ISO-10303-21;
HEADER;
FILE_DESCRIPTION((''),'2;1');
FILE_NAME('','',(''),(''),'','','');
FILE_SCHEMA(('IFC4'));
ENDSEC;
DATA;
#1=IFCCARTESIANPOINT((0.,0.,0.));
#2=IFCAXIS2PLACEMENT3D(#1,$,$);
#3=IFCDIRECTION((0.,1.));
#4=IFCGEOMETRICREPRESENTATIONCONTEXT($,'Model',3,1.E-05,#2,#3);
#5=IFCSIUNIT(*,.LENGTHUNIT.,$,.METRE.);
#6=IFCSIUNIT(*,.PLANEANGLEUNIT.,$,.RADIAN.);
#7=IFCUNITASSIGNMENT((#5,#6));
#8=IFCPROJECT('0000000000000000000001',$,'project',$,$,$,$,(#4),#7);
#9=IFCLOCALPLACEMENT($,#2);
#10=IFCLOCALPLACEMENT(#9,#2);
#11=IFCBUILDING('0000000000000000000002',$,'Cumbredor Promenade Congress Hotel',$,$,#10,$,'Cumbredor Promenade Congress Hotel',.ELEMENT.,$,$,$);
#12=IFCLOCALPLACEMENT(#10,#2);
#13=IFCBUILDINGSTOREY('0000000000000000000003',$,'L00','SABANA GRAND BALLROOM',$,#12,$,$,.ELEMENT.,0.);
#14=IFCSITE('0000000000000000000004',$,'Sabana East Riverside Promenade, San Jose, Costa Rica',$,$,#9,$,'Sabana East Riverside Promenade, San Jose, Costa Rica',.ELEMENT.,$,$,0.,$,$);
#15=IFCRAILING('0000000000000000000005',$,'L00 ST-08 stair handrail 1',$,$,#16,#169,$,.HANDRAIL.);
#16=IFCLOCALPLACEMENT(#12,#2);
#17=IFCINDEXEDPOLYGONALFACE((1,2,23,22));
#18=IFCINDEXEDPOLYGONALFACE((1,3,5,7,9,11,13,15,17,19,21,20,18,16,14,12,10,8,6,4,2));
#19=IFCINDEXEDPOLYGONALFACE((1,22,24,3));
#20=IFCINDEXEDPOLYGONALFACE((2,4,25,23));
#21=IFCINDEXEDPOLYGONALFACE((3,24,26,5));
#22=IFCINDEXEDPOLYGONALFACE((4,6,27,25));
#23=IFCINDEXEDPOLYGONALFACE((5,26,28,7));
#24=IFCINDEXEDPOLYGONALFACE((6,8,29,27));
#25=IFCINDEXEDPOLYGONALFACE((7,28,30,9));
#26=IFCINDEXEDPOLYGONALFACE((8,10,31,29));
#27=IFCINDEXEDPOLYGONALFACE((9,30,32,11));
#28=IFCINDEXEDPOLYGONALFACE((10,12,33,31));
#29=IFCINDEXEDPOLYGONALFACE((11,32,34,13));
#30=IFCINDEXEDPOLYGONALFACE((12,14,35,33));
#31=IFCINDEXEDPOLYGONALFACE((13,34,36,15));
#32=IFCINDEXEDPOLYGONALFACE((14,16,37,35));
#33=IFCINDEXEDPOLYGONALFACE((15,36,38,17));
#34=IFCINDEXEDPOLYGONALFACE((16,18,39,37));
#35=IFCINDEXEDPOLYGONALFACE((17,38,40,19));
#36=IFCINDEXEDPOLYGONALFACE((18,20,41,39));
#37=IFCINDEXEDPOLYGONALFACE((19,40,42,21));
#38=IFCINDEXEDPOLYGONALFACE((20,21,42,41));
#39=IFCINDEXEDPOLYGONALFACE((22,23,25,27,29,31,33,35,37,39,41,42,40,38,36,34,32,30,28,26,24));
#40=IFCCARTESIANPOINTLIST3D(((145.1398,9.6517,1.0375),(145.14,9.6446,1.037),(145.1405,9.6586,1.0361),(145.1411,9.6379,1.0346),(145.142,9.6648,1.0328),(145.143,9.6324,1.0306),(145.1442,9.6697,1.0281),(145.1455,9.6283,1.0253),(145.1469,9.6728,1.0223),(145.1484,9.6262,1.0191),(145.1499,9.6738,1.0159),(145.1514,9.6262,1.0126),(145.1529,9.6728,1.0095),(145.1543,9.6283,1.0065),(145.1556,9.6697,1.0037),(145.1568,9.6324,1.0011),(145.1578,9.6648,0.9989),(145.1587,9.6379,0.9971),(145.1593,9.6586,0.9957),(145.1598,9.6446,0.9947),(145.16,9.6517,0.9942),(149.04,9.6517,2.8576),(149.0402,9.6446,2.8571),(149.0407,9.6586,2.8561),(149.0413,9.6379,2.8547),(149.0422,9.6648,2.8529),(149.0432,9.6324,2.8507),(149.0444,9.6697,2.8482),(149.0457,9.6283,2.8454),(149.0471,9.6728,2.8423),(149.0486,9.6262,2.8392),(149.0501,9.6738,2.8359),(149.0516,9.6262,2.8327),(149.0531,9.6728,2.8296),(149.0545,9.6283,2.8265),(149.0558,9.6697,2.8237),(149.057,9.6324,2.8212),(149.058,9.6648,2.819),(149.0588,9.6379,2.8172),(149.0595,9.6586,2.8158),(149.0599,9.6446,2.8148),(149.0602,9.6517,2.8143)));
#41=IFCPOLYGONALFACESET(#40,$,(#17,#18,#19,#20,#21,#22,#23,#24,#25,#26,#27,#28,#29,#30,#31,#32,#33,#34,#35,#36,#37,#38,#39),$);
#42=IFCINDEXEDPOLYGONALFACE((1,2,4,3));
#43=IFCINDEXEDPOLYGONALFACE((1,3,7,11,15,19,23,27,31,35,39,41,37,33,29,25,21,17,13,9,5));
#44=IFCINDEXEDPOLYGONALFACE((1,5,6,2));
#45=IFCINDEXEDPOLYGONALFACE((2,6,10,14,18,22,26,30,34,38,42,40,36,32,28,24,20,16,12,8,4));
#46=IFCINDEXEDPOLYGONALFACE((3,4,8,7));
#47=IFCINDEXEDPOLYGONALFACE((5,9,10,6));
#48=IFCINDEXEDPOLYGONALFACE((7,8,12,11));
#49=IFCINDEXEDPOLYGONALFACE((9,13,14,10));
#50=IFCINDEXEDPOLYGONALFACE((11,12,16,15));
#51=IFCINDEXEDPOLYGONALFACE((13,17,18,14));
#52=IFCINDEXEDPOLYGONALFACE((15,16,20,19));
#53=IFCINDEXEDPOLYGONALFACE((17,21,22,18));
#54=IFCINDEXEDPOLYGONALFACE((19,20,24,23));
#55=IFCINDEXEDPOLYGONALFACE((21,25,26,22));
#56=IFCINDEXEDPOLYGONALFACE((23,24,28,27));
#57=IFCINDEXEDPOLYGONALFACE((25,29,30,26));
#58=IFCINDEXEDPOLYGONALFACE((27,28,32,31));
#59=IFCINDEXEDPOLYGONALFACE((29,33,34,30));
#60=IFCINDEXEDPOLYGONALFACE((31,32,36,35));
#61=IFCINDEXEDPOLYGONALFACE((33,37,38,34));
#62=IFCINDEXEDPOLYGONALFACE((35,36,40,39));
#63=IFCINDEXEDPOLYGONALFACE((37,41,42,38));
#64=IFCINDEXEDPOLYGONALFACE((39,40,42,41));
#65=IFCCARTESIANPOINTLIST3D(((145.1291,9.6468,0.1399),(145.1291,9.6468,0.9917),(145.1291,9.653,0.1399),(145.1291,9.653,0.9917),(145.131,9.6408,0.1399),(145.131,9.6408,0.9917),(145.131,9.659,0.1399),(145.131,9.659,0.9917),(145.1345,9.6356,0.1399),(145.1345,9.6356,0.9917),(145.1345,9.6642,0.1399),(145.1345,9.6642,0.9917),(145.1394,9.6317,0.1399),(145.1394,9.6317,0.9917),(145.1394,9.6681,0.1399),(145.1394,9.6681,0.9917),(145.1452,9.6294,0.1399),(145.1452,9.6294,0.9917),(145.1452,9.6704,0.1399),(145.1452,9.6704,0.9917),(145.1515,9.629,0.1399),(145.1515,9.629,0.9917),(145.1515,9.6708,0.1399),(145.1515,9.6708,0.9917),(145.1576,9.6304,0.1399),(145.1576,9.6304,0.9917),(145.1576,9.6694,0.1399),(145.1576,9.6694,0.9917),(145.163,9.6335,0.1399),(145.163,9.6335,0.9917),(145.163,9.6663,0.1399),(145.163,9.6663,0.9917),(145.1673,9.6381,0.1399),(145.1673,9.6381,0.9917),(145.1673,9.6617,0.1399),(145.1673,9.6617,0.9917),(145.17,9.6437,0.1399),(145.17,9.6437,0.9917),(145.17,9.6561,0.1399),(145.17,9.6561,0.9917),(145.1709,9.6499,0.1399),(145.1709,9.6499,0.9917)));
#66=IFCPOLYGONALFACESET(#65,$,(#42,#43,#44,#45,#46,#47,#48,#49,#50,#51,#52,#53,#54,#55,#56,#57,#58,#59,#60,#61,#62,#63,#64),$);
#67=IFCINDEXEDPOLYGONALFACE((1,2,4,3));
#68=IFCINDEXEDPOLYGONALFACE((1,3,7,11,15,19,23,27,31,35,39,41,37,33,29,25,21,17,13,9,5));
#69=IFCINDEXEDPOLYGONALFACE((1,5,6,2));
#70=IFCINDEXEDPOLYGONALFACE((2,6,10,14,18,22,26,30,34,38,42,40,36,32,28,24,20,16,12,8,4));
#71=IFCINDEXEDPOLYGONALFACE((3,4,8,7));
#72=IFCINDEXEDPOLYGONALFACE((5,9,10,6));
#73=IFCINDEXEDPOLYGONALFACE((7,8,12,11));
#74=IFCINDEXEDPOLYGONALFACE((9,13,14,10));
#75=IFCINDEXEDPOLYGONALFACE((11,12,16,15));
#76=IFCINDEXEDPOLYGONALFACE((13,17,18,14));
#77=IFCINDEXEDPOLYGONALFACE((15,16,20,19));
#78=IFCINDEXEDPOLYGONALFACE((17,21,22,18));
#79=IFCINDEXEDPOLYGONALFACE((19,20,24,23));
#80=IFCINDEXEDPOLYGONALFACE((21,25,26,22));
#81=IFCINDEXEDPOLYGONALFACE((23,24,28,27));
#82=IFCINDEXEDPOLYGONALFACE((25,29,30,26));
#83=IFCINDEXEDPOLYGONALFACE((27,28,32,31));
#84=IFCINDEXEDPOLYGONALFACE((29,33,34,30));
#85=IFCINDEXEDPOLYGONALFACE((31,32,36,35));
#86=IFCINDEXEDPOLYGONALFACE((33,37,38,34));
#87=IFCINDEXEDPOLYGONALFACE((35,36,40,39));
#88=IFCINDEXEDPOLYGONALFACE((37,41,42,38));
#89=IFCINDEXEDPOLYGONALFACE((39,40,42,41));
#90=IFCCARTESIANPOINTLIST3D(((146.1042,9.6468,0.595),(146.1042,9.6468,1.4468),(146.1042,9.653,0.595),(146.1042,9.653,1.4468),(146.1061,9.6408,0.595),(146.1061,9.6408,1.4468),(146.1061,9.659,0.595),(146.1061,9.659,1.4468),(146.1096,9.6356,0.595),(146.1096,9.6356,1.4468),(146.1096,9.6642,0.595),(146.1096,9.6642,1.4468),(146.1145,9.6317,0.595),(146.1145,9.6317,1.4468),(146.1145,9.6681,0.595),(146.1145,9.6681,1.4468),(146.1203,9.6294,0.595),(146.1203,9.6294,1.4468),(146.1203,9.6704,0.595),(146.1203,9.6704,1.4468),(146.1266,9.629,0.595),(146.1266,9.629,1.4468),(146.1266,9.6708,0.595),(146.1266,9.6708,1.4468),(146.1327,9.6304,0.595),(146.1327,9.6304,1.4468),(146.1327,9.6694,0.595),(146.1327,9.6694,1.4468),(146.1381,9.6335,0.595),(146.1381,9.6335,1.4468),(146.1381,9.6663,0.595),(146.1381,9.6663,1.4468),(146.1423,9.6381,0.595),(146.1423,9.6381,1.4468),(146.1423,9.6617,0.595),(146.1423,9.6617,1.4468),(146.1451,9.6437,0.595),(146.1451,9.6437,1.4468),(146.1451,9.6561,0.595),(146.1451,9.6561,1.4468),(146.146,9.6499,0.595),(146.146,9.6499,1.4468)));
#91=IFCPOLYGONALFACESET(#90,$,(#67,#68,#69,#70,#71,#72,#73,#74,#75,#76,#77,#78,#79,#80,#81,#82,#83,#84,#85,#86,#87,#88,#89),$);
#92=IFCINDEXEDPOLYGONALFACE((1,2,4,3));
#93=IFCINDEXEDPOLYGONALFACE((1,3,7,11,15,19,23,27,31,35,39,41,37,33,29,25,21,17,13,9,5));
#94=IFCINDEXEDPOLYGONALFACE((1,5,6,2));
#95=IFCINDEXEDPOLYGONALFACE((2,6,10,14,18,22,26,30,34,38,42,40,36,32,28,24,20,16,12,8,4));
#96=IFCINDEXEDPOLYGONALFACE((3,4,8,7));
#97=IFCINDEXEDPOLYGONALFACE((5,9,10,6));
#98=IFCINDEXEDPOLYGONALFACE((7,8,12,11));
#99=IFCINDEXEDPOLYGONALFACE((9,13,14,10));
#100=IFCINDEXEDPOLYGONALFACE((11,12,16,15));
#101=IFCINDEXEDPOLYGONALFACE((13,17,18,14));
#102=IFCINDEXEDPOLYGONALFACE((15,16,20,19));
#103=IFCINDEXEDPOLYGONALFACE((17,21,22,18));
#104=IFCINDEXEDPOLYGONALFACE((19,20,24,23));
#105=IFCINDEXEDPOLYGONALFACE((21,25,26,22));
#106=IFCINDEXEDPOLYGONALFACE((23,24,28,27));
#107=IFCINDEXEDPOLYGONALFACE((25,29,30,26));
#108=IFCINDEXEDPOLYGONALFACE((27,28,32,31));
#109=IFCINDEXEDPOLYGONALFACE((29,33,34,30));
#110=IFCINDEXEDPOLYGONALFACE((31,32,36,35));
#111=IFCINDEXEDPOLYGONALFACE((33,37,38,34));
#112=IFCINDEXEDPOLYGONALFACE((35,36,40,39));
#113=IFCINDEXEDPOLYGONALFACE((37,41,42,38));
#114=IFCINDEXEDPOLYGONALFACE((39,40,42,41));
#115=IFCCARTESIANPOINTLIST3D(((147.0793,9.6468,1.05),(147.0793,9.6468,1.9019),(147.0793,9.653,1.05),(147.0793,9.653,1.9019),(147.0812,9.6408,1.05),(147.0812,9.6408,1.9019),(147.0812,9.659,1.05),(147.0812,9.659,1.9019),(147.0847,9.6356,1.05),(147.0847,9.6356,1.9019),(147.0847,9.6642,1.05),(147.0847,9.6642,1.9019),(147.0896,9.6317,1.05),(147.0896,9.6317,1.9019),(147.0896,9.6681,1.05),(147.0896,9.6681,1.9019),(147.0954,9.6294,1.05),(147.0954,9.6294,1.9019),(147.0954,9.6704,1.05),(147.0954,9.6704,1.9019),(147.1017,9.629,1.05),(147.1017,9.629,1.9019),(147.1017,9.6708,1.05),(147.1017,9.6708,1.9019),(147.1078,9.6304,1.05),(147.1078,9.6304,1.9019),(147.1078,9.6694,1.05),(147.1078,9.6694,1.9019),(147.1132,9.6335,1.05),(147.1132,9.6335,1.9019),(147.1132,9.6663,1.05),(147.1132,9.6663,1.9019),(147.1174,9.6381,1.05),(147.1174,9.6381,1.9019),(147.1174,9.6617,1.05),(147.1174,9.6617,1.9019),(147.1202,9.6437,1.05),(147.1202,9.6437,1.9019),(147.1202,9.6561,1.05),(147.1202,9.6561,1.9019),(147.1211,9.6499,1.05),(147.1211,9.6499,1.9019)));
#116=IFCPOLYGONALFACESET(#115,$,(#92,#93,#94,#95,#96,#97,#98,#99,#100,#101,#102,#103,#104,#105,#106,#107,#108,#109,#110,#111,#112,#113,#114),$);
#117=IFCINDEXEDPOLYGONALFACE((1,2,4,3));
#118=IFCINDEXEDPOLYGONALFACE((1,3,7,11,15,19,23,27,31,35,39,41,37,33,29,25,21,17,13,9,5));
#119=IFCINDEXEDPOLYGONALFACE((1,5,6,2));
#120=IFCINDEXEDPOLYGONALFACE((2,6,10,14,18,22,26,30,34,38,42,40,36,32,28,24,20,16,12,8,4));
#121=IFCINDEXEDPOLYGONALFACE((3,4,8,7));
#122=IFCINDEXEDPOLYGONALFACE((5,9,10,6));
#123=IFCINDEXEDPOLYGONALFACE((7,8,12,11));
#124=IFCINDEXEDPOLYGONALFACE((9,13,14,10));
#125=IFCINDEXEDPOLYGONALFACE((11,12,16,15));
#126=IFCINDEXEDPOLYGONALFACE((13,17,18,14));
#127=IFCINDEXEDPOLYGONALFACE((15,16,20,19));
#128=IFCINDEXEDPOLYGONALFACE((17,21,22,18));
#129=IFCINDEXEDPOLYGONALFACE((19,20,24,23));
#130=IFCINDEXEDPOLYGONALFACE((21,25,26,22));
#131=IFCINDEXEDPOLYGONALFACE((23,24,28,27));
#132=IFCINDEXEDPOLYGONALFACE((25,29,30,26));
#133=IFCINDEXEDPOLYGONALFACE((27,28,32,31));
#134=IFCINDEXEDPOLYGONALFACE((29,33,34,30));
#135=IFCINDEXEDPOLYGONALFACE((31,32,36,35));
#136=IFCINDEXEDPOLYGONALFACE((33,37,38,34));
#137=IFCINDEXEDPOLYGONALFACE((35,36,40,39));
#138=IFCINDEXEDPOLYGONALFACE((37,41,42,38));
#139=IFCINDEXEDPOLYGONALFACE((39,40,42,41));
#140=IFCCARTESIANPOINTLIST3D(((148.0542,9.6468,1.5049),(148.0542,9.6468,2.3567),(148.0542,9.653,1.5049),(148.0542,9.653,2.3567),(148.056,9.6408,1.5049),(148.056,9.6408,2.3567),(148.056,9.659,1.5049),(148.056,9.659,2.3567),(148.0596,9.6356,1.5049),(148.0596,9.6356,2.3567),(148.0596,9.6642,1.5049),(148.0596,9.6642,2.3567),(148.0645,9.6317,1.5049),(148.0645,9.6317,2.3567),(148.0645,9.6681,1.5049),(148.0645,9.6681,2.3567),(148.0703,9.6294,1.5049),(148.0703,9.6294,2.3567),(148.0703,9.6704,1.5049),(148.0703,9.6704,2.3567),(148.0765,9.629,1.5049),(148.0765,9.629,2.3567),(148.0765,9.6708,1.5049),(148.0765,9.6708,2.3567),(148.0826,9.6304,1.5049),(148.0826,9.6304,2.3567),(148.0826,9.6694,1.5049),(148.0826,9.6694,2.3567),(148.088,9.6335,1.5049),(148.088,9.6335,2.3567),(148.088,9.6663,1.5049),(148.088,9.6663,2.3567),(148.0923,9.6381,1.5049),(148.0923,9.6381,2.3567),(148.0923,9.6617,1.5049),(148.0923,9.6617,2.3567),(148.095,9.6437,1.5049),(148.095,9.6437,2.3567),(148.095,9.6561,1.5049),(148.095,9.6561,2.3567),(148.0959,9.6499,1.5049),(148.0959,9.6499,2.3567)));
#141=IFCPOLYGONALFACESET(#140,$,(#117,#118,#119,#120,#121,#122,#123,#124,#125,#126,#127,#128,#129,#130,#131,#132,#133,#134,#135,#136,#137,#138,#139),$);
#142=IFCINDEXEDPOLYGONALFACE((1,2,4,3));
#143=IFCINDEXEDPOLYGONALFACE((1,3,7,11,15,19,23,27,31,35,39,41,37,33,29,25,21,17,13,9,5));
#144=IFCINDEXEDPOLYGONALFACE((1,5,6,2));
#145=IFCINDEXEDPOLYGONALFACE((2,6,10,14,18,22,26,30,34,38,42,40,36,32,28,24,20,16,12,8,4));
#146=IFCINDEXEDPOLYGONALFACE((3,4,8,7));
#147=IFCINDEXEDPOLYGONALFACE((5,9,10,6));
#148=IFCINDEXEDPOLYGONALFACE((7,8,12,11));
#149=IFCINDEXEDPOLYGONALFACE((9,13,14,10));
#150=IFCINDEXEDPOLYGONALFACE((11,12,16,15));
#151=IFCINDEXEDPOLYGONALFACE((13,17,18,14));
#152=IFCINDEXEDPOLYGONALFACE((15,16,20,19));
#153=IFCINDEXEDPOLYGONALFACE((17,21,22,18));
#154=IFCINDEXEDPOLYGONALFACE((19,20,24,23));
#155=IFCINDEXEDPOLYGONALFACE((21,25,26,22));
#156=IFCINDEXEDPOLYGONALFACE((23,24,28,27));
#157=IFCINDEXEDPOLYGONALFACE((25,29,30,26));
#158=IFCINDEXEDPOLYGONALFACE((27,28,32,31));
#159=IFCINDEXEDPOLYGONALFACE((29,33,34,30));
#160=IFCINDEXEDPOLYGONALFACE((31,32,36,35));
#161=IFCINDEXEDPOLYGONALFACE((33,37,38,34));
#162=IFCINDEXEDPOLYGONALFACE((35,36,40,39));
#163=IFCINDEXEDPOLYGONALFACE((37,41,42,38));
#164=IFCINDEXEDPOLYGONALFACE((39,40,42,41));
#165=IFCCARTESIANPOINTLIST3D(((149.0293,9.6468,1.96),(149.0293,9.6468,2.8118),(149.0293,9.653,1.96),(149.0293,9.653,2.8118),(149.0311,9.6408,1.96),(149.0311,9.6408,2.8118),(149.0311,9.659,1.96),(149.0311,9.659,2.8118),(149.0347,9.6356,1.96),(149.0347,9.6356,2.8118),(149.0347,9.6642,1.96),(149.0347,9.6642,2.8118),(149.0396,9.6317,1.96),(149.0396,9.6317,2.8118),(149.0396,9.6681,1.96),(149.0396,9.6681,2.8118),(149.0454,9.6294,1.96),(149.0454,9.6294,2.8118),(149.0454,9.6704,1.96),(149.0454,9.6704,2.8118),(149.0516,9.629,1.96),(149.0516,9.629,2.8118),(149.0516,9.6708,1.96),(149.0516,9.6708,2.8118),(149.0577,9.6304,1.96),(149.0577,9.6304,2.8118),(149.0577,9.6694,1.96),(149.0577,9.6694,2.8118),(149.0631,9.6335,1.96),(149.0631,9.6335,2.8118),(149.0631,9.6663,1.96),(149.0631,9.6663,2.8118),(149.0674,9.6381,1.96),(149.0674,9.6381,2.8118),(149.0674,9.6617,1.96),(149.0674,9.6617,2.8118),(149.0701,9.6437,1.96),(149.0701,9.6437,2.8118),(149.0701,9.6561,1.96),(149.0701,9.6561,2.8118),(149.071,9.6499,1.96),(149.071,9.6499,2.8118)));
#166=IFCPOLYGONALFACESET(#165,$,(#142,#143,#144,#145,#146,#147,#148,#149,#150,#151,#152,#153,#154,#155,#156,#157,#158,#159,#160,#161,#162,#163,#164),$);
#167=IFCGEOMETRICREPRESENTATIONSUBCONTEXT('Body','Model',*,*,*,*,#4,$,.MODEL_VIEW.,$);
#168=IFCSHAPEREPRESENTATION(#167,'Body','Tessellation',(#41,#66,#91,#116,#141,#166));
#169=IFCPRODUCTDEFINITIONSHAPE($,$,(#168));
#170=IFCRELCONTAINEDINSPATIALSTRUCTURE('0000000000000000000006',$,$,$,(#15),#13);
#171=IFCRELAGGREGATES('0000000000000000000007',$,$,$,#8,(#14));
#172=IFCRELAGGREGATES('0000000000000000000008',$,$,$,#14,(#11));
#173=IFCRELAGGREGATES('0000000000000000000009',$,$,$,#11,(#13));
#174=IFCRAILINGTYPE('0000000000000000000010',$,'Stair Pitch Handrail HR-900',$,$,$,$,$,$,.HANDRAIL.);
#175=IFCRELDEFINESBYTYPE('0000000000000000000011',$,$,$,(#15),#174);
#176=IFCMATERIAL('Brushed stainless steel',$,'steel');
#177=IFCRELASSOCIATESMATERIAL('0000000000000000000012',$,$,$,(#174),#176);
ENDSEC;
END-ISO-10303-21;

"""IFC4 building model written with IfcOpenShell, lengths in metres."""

from ifc_helpers import new_model, si_unit, direction, frame, origin, origin_2d, place, context, subcontext, project, spatial, circle, extrude, material, type_object, element, save


model = new_model("IFC4")

# Units and contexts
model_context = context("Model", 3, precision=1e-05, world=origin(), true_north=direction((0.0, 1.0)))
body_context = subcontext(model_context, "Body", "Model", "MODEL_VIEW")
ifc_project = project(units=[si_unit("LENGTHUNIT", "METRE"), si_unit("PLANEANGLEUNIT", "RADIAN")], contexts=[model_context])

# Site, building, storey
site_placement = place(None, origin())
site = spatial("IfcSite", under=ifc_project, at=site_placement, Name="Sabana East Riverside Promenade, San Jose, Costa Rica", LongName="Sabana East Riverside Promenade, San Jose, Costa Rica", CompositionType="ELEMENT", RefElevation=0.0)
building_placement = place(site_placement, origin())
building = spatial("IfcBuilding", under=site, at=building_placement, Name="Cumbredor Promenade Congress Hotel", LongName="Cumbredor Promenade Congress Hotel", CompositionType="ELEMENT")
storey_placement = place(building_placement, origin())
storey = spatial("IfcBuildingStorey", under=building, at=storey_placement, Name="L00", Description="SABANA GRAND BALLROOM", CompositionType="ELEMENT", Elevation=0.0)

# Railing
ifc_material_1 = material(Name="Brushed stainless steel", Category="steel")
railing_type_1 = type_object("IfcRailingType", Name="Stair Pitch Handrail HR-900", PredefinedType="HANDRAIL", material=ifc_material_1)
railing_1_placement = place(storey_placement, frame((145.1499, 9.6499, 0.1399)))
element("IfcRailing", 1, at=railing_1_placement, inside=storey, type_object=railing_type_1, Name="L00 ST-08 stair handrail 1", PredefinedType="HANDRAIL", context=body_context, shape_type="SweptSolid", body=[
    extrude(circle(Radius=0.0239, at=origin_2d()), frame((0.0, 0.0, 0.876), z_axis=(0.906183, 0.0, 0.422885), x_axis=(0.0, 1.0, 0.0)), (0.0, 0.0, 1.0), 4.304),
    extrude(circle(Radius=0.021, at=origin_2d()), origin(), (0.0, 0.0, 1.0), 0.8518),
    extrude(circle(Radius=0.021, at=origin_2d()), frame((0.9751, 0.0, 0.4551)), (0.0, 0.0, 1.0), 0.8518),
    extrude(circle(Radius=0.021, at=origin_2d()), frame((1.9502, 0.0, 0.9102)), (0.0, 0.0, 1.0), 0.8518),
    extrude(circle(Radius=0.021, at=origin_2d()), frame((2.925, 0.0, 1.365)), (0.0, 0.0, 1.0), 0.8518),
    extrude(circle(Radius=0.021, at=origin_2d()), frame((3.9001, 0.0, 1.8201)), (0.0, 0.0, 1.0), 0.8518),
])

save(model, "model.ifc")
